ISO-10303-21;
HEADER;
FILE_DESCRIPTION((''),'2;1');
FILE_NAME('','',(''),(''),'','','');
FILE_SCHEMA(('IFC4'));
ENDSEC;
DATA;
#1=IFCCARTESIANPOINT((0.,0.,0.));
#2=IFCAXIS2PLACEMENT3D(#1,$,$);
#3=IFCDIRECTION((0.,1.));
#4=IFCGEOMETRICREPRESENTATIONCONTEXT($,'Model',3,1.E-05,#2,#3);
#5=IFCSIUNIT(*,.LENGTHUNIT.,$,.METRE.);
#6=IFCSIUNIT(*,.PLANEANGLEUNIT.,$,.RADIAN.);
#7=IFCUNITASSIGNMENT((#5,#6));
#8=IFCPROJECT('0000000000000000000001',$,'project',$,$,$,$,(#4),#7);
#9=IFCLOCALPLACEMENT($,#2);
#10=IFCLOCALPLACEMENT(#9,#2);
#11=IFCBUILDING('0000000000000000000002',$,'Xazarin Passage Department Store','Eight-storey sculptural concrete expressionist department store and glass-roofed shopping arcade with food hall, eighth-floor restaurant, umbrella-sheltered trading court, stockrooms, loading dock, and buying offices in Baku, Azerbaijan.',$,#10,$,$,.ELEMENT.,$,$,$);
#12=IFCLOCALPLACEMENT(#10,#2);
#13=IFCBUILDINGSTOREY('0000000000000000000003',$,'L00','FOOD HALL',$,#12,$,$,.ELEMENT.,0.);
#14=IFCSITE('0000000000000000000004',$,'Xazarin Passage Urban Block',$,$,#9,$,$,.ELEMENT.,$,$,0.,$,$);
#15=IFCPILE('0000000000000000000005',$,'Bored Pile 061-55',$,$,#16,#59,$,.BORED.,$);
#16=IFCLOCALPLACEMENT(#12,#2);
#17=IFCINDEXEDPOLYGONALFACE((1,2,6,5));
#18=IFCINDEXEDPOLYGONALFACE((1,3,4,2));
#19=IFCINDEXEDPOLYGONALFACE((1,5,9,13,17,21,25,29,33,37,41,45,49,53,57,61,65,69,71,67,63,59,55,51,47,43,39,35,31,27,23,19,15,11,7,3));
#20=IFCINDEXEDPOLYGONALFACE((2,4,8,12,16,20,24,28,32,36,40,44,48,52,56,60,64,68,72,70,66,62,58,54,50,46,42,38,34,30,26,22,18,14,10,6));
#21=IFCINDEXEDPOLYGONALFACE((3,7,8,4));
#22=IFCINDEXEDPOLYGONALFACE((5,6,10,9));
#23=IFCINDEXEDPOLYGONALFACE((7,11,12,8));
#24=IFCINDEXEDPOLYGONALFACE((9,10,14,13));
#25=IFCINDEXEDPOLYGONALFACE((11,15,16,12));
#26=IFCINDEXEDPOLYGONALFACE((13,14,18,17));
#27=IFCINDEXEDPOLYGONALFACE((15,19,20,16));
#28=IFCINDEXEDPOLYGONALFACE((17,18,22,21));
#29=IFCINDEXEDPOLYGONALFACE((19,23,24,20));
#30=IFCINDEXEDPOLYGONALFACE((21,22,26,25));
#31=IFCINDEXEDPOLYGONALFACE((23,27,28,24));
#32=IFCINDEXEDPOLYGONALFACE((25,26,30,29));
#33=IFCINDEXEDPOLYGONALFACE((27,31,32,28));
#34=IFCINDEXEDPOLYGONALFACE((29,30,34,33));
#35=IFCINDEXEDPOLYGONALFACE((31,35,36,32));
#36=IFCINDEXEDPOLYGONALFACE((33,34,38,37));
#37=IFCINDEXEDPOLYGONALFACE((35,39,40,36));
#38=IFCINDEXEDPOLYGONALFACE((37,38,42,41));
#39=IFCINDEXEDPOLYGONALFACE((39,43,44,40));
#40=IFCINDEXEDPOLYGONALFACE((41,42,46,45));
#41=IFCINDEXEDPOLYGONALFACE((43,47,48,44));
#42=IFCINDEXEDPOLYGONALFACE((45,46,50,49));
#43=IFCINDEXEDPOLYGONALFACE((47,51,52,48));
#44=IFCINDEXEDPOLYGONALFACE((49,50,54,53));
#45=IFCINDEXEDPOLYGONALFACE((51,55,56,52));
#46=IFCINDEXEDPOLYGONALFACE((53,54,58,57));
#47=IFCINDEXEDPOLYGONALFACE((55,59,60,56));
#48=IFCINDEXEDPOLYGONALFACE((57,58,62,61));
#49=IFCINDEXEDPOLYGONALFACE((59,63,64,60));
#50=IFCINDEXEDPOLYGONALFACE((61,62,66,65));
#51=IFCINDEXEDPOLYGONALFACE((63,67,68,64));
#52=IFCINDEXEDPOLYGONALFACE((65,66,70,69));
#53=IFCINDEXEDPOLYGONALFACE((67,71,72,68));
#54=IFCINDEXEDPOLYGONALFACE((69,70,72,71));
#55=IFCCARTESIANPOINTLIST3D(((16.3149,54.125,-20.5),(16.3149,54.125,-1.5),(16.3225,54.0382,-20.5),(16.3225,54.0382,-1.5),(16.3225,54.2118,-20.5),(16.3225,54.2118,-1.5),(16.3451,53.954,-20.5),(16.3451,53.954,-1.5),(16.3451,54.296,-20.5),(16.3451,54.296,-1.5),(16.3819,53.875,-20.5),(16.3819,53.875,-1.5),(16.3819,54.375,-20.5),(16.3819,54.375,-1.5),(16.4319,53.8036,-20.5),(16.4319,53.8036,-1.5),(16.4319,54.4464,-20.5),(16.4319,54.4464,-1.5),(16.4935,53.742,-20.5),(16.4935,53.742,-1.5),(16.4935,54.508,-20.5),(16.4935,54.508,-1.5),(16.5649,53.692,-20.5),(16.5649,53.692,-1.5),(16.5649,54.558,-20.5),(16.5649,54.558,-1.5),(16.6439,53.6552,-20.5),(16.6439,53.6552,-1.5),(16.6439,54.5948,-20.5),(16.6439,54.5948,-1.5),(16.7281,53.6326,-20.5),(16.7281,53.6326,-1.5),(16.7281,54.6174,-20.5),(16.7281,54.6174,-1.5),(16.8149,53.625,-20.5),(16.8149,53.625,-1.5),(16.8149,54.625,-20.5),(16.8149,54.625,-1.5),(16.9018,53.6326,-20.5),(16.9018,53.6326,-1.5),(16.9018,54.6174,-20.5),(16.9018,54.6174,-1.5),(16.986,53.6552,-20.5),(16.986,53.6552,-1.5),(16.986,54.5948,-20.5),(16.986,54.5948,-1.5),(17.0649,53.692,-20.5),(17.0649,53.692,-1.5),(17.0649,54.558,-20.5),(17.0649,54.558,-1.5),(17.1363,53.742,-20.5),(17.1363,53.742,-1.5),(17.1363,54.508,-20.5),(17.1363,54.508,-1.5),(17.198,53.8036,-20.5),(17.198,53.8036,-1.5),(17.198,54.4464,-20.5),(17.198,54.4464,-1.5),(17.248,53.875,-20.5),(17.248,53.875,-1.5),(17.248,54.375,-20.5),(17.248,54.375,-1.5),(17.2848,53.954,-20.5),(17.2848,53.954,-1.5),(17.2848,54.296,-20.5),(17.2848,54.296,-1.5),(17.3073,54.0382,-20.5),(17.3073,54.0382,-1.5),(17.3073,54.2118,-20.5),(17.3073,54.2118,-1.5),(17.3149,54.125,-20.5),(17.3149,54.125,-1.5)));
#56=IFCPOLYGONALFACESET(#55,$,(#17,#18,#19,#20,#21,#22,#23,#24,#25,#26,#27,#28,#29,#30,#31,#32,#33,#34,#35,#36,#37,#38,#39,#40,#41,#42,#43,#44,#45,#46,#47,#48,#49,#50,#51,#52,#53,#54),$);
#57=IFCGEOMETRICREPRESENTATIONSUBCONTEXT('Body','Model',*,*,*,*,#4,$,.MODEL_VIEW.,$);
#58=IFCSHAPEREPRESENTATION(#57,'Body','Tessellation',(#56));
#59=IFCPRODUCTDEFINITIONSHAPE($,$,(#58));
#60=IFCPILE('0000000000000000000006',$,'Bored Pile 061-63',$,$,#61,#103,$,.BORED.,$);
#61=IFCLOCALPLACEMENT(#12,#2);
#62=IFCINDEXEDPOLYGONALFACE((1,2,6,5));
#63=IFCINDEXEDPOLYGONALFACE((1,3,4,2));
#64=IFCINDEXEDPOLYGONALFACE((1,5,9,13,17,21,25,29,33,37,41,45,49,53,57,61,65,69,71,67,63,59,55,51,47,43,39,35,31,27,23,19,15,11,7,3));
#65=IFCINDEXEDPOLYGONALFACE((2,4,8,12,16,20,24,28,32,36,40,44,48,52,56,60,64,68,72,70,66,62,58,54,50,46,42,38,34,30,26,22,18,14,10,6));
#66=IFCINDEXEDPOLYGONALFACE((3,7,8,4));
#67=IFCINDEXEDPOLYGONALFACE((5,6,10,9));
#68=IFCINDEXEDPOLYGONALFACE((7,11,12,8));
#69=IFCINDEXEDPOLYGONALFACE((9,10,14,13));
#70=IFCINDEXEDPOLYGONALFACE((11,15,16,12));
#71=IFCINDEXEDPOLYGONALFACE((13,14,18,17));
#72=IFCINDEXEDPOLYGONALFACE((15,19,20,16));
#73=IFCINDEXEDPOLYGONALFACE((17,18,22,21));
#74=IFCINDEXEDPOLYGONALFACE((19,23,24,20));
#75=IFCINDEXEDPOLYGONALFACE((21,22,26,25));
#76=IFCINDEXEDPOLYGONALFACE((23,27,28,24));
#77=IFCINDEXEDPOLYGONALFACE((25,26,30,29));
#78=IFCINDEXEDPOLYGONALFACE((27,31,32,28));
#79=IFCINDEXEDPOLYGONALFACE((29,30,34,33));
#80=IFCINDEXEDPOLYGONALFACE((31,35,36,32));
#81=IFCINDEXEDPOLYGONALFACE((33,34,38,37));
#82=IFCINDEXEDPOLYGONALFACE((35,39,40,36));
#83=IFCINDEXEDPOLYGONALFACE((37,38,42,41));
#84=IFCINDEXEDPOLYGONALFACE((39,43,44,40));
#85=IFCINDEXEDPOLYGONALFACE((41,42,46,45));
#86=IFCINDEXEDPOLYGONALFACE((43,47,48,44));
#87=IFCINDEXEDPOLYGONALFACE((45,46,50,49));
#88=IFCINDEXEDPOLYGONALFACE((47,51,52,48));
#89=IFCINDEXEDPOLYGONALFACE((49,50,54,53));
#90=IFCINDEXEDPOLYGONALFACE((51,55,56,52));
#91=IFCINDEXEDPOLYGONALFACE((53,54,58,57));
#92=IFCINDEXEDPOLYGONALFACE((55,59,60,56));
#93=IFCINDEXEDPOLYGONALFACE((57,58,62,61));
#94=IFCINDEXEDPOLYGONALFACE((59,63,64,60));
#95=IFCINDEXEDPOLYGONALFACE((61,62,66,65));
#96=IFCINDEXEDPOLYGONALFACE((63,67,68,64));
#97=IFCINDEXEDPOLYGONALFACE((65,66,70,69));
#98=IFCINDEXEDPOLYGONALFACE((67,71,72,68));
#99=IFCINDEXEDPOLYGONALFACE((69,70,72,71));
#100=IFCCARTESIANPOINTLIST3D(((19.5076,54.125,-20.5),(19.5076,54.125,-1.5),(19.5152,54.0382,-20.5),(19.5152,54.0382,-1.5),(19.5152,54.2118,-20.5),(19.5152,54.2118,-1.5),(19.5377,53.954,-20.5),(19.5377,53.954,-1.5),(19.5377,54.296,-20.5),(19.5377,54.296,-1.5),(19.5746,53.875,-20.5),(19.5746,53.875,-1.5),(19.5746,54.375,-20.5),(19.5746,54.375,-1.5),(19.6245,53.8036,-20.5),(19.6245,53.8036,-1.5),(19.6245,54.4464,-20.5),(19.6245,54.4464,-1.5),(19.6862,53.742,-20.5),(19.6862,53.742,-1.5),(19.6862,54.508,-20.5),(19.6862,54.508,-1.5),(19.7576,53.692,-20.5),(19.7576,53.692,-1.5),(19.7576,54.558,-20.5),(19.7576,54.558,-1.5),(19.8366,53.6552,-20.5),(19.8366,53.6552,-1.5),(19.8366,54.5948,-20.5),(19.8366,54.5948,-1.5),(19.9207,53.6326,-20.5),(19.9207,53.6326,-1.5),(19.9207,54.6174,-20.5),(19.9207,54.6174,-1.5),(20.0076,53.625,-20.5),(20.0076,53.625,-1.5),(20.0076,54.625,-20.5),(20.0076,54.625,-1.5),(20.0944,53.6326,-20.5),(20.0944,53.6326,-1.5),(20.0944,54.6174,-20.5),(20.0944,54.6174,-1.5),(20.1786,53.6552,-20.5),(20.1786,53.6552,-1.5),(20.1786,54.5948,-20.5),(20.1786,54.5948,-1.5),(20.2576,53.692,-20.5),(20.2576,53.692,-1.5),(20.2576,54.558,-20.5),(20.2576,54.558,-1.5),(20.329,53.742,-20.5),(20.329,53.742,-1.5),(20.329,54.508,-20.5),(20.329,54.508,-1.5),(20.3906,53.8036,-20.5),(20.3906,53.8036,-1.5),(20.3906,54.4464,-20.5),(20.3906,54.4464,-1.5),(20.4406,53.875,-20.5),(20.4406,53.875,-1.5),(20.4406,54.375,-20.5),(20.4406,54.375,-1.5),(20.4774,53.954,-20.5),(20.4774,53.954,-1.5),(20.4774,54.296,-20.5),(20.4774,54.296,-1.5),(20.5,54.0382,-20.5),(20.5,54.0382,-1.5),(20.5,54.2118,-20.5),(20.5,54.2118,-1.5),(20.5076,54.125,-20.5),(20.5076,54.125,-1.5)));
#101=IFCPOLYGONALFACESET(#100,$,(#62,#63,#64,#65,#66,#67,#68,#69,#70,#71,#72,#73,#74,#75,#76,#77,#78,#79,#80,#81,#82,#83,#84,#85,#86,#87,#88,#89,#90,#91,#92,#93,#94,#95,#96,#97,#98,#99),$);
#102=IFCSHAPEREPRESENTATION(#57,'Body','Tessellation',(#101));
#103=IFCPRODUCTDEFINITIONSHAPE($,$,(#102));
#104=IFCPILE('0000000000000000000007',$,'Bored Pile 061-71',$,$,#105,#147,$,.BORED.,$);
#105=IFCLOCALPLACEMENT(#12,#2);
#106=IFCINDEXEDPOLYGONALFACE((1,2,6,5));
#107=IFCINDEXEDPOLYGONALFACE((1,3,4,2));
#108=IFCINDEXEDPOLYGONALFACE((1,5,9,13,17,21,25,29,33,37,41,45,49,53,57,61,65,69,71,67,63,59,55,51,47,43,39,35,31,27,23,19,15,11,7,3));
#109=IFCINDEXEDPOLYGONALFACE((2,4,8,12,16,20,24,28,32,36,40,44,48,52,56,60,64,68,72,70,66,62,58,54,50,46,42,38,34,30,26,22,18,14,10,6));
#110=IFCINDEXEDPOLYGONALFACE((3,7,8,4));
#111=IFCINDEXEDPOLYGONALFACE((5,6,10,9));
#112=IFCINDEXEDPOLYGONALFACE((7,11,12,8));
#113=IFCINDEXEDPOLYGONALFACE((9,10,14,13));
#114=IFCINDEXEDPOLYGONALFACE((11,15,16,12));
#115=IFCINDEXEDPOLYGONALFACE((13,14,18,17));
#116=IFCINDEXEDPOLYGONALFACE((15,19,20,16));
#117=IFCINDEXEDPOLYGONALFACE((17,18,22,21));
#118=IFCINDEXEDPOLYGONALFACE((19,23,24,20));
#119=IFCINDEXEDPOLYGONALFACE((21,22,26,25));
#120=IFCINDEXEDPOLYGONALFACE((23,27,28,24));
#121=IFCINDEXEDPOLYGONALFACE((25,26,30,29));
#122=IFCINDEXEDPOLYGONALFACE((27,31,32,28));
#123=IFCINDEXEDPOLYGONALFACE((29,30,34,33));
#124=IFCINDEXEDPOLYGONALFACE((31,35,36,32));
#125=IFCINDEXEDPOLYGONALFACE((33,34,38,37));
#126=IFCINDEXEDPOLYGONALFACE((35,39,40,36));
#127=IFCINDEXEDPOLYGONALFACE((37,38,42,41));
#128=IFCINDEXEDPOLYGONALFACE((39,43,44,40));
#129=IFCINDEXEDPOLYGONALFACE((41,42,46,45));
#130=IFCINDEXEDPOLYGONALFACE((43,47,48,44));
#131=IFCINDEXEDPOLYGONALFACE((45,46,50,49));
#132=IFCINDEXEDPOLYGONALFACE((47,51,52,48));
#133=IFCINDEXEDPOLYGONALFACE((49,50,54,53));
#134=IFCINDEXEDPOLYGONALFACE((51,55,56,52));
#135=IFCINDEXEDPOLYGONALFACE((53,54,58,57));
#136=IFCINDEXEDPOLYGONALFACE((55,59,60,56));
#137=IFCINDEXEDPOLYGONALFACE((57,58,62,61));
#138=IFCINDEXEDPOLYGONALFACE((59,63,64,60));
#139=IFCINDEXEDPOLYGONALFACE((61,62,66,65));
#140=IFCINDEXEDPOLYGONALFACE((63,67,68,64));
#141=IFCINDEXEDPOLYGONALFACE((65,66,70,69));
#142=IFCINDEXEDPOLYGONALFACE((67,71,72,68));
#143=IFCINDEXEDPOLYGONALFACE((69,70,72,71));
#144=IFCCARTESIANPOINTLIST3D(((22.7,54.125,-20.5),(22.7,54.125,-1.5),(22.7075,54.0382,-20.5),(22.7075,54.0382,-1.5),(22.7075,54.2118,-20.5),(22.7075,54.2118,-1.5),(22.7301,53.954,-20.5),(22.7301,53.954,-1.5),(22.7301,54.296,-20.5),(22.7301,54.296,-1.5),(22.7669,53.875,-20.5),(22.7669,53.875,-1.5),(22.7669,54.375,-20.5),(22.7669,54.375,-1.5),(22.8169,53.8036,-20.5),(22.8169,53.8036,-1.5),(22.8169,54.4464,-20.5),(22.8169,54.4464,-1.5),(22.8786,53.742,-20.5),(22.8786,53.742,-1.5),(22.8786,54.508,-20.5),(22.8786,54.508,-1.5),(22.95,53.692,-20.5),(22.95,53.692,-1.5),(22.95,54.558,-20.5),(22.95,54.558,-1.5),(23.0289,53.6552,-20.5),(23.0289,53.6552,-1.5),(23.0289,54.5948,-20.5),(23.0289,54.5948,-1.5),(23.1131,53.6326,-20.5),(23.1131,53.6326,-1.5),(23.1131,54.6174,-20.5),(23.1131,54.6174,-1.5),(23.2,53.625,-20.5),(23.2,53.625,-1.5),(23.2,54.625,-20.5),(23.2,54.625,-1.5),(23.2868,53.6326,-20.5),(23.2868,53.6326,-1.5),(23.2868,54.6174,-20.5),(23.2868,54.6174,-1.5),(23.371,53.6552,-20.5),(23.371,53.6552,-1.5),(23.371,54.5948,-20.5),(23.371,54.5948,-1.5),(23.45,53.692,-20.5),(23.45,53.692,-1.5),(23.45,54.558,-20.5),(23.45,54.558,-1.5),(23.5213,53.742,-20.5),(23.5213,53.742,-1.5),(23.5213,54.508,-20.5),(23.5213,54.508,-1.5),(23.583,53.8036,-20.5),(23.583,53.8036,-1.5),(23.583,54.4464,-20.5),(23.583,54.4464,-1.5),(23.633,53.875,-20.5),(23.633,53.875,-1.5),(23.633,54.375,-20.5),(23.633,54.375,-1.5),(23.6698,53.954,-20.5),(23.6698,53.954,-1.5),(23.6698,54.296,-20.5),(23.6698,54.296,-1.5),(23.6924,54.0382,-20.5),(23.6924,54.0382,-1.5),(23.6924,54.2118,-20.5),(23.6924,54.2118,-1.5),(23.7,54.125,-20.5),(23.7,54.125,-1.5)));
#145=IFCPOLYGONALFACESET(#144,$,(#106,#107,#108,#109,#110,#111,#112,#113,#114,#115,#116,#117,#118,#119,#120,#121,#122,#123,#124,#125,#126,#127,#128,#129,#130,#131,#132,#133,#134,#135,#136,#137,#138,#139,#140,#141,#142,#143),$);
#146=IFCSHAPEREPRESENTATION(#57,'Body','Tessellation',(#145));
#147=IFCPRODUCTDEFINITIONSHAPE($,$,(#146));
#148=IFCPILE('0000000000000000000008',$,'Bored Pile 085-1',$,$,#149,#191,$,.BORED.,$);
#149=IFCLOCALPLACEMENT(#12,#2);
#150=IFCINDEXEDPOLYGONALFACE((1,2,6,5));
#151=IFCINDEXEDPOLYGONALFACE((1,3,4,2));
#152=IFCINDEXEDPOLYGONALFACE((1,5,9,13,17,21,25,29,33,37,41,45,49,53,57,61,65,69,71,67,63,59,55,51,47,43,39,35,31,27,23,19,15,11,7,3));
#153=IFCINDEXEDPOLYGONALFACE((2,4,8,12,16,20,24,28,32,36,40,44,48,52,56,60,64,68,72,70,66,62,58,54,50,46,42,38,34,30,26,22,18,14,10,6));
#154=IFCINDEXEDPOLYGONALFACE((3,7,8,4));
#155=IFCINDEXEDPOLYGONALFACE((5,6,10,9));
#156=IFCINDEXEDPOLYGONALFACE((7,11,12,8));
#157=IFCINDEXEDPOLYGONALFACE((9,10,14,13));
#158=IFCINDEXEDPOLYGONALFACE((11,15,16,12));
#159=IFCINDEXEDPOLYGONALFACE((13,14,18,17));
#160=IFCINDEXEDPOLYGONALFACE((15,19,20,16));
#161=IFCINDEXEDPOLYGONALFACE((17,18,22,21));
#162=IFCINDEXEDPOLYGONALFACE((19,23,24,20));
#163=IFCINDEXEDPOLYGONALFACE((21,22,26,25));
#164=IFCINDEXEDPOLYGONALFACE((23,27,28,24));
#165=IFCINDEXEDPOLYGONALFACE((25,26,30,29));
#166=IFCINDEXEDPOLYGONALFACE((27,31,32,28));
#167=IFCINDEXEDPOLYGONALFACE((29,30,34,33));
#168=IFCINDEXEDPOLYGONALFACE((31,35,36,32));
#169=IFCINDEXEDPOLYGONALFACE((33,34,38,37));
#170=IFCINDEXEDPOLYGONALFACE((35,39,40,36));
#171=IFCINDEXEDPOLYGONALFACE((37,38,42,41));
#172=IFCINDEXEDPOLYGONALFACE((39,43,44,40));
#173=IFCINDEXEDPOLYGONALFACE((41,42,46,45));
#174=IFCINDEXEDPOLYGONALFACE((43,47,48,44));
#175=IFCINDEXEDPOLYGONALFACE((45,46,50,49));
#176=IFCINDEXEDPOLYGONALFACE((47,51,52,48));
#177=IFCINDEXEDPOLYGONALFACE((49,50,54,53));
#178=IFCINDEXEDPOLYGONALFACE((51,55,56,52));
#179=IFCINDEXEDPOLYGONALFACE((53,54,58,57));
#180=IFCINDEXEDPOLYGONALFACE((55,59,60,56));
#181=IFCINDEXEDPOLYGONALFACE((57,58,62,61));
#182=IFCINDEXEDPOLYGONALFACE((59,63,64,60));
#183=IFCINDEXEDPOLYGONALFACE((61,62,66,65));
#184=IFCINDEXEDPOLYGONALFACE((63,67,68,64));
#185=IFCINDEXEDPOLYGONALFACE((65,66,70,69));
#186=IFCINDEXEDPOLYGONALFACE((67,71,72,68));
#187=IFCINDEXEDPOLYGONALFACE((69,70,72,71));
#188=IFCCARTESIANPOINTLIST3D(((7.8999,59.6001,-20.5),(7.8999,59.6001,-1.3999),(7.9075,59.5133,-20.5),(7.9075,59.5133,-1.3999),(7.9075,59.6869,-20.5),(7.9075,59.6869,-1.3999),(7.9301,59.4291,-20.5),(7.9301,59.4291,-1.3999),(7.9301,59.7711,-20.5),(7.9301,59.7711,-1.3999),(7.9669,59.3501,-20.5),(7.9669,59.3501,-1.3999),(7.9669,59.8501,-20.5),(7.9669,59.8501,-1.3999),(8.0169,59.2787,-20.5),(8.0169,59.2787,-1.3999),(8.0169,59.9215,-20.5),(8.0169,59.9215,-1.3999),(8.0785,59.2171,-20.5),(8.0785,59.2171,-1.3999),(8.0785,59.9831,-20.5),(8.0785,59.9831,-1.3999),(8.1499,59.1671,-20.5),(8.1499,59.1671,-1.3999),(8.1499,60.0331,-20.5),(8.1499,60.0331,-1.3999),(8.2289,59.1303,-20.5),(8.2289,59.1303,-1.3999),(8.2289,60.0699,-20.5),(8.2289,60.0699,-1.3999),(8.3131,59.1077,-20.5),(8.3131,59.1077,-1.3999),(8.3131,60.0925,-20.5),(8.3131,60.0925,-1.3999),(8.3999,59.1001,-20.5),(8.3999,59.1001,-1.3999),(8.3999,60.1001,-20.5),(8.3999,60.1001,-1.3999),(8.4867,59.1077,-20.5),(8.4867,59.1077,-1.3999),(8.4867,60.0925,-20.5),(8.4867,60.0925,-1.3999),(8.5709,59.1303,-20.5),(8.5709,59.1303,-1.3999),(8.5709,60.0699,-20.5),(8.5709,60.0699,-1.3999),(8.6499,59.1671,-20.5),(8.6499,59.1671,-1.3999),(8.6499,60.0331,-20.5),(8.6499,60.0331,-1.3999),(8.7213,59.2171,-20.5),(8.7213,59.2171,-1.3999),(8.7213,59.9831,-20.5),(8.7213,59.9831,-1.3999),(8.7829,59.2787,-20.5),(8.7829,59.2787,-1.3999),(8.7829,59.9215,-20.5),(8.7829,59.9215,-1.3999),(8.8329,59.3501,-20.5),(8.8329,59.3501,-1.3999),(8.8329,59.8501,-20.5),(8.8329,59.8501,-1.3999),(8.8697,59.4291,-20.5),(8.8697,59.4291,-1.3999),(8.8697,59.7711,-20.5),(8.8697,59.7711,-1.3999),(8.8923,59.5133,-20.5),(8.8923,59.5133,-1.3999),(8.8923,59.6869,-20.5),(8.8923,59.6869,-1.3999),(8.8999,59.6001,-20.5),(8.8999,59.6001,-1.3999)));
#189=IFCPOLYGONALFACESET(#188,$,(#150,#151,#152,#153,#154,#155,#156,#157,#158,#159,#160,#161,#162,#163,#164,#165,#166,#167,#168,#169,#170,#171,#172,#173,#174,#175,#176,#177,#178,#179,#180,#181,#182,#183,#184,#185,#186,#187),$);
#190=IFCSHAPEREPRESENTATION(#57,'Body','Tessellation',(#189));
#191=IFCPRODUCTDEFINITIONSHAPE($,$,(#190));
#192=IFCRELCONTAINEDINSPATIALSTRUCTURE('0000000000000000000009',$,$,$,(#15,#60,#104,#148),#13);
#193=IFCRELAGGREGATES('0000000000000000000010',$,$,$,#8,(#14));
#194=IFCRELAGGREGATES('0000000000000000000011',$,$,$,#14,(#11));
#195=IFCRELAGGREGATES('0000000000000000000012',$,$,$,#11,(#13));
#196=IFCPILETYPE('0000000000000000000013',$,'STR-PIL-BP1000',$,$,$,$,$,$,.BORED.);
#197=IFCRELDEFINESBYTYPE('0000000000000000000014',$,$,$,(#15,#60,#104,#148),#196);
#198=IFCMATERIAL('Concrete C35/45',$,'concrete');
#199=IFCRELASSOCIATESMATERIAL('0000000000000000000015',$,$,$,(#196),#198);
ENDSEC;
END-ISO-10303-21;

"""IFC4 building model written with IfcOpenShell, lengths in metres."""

from ifc_helpers import new_model, si_unit, direction, frame, origin, origin_2d, place, context, subcontext, project, spatial, circle, extrude, material, material_profile, profile_set, type_object, element, save


model = new_model("IFC4")

# Units and contexts
model_context = context("Model", 3, precision=1e-05, world=origin(), true_north=direction((0.0, 1.0)))
body_context = subcontext(model_context, "Body", "Model", "MODEL_VIEW")
ifc_project = project(units=[si_unit("LENGTHUNIT", "METRE"), si_unit("PLANEANGLEUNIT", "RADIAN")], contexts=[model_context])

# Site, building, storey
site_placement = place(None, origin())
site = spatial("IfcSite", under=ifc_project, at=site_placement, Name="Xazarin Passage Urban Block", CompositionType="ELEMENT", RefElevation=0.0)
building_placement = place(site_placement, origin())
building = spatial("IfcBuilding", under=site, at=building_placement, Name="Xazarin Passage Department Store", Description="Eight-storey sculptural concrete expressionist department store and glass-roofed shopping arcade with food hall, eighth-floor restaurant, umbrella-sheltered trading court, stockrooms, loading dock, and buying offices in Baku, Azerbaijan.", CompositionType="ELEMENT")
storey_placement = place(building_placement, origin())
storey = spatial("IfcBuildingStorey", under=building, at=storey_placement, Name="L00", Description="FOOD HALL", CompositionType="ELEMENT", Elevation=0.0)

# Shared definitions
ifc_material_1 = material(Name="Concrete C35/45", Category="concrete")

# Piles
ifc_material_profile_1 = material_profile(ifc_material_1, circle(Radius=0.5, at=origin_2d()), Name="BP 1000")
ifc_profile_set_1 = profile_set([ifc_material_profile_1], Name="Concrete C35/45")
pile_type_1 = type_object("IfcPileType", Name="STR-PIL-BP1000", PredefinedType="BORED", material=ifc_profile_set_1)
for number, where, z_axis, x_axis, name in (
    (1, (16.8149, 54.125, -1.5), (0.0, 0.0, -1.0), (1.0, 0.0, 0.0), "Bored Pile 061-55"),
    (2, (20.0076, 54.125, -1.5), (0.0, 0.0, -1.0), (1.0, 0.0, 0.0), "Bored Pile 061-63"),
    (3, (23.2, 54.125, -1.5), (0.0, 0.0, -1.0), (1.0, 0.0, 0.0), "Bored Pile 061-71"),
):
    element("IfcPile", number, at=place(storey_placement, frame(where, z_axis=z_axis, x_axis=x_axis)), inside=storey, type_object=pile_type_1, Name=name, PredefinedType="BORED", context=body_context, shape_type="SweptSolid", body=[
        extrude(circle(Radius=0.5, at=origin_2d()), origin(), (0.0, 0.0, 1.0), 19.0),
    ])
for number, where, z_axis, x_axis, name in (
    (4, (8.3999, 59.6001, -1.3999), (0.0, 0.0, -1.0), (1.0, 0.0, 0.0), "Bored Pile 085-1"),
):
    element("IfcPile", number, at=place(storey_placement, frame(where, z_axis=z_axis, x_axis=x_axis)), inside=storey, type_object=pile_type_1, Name=name, PredefinedType="BORED", context=body_context, shape_type="SweptSolid", body=[
        extrude(circle(Radius=0.5, at=origin_2d()), origin(), (0.0, 0.0, 1.0), 19.1001),
    ])

save(model, "model.ifc")
